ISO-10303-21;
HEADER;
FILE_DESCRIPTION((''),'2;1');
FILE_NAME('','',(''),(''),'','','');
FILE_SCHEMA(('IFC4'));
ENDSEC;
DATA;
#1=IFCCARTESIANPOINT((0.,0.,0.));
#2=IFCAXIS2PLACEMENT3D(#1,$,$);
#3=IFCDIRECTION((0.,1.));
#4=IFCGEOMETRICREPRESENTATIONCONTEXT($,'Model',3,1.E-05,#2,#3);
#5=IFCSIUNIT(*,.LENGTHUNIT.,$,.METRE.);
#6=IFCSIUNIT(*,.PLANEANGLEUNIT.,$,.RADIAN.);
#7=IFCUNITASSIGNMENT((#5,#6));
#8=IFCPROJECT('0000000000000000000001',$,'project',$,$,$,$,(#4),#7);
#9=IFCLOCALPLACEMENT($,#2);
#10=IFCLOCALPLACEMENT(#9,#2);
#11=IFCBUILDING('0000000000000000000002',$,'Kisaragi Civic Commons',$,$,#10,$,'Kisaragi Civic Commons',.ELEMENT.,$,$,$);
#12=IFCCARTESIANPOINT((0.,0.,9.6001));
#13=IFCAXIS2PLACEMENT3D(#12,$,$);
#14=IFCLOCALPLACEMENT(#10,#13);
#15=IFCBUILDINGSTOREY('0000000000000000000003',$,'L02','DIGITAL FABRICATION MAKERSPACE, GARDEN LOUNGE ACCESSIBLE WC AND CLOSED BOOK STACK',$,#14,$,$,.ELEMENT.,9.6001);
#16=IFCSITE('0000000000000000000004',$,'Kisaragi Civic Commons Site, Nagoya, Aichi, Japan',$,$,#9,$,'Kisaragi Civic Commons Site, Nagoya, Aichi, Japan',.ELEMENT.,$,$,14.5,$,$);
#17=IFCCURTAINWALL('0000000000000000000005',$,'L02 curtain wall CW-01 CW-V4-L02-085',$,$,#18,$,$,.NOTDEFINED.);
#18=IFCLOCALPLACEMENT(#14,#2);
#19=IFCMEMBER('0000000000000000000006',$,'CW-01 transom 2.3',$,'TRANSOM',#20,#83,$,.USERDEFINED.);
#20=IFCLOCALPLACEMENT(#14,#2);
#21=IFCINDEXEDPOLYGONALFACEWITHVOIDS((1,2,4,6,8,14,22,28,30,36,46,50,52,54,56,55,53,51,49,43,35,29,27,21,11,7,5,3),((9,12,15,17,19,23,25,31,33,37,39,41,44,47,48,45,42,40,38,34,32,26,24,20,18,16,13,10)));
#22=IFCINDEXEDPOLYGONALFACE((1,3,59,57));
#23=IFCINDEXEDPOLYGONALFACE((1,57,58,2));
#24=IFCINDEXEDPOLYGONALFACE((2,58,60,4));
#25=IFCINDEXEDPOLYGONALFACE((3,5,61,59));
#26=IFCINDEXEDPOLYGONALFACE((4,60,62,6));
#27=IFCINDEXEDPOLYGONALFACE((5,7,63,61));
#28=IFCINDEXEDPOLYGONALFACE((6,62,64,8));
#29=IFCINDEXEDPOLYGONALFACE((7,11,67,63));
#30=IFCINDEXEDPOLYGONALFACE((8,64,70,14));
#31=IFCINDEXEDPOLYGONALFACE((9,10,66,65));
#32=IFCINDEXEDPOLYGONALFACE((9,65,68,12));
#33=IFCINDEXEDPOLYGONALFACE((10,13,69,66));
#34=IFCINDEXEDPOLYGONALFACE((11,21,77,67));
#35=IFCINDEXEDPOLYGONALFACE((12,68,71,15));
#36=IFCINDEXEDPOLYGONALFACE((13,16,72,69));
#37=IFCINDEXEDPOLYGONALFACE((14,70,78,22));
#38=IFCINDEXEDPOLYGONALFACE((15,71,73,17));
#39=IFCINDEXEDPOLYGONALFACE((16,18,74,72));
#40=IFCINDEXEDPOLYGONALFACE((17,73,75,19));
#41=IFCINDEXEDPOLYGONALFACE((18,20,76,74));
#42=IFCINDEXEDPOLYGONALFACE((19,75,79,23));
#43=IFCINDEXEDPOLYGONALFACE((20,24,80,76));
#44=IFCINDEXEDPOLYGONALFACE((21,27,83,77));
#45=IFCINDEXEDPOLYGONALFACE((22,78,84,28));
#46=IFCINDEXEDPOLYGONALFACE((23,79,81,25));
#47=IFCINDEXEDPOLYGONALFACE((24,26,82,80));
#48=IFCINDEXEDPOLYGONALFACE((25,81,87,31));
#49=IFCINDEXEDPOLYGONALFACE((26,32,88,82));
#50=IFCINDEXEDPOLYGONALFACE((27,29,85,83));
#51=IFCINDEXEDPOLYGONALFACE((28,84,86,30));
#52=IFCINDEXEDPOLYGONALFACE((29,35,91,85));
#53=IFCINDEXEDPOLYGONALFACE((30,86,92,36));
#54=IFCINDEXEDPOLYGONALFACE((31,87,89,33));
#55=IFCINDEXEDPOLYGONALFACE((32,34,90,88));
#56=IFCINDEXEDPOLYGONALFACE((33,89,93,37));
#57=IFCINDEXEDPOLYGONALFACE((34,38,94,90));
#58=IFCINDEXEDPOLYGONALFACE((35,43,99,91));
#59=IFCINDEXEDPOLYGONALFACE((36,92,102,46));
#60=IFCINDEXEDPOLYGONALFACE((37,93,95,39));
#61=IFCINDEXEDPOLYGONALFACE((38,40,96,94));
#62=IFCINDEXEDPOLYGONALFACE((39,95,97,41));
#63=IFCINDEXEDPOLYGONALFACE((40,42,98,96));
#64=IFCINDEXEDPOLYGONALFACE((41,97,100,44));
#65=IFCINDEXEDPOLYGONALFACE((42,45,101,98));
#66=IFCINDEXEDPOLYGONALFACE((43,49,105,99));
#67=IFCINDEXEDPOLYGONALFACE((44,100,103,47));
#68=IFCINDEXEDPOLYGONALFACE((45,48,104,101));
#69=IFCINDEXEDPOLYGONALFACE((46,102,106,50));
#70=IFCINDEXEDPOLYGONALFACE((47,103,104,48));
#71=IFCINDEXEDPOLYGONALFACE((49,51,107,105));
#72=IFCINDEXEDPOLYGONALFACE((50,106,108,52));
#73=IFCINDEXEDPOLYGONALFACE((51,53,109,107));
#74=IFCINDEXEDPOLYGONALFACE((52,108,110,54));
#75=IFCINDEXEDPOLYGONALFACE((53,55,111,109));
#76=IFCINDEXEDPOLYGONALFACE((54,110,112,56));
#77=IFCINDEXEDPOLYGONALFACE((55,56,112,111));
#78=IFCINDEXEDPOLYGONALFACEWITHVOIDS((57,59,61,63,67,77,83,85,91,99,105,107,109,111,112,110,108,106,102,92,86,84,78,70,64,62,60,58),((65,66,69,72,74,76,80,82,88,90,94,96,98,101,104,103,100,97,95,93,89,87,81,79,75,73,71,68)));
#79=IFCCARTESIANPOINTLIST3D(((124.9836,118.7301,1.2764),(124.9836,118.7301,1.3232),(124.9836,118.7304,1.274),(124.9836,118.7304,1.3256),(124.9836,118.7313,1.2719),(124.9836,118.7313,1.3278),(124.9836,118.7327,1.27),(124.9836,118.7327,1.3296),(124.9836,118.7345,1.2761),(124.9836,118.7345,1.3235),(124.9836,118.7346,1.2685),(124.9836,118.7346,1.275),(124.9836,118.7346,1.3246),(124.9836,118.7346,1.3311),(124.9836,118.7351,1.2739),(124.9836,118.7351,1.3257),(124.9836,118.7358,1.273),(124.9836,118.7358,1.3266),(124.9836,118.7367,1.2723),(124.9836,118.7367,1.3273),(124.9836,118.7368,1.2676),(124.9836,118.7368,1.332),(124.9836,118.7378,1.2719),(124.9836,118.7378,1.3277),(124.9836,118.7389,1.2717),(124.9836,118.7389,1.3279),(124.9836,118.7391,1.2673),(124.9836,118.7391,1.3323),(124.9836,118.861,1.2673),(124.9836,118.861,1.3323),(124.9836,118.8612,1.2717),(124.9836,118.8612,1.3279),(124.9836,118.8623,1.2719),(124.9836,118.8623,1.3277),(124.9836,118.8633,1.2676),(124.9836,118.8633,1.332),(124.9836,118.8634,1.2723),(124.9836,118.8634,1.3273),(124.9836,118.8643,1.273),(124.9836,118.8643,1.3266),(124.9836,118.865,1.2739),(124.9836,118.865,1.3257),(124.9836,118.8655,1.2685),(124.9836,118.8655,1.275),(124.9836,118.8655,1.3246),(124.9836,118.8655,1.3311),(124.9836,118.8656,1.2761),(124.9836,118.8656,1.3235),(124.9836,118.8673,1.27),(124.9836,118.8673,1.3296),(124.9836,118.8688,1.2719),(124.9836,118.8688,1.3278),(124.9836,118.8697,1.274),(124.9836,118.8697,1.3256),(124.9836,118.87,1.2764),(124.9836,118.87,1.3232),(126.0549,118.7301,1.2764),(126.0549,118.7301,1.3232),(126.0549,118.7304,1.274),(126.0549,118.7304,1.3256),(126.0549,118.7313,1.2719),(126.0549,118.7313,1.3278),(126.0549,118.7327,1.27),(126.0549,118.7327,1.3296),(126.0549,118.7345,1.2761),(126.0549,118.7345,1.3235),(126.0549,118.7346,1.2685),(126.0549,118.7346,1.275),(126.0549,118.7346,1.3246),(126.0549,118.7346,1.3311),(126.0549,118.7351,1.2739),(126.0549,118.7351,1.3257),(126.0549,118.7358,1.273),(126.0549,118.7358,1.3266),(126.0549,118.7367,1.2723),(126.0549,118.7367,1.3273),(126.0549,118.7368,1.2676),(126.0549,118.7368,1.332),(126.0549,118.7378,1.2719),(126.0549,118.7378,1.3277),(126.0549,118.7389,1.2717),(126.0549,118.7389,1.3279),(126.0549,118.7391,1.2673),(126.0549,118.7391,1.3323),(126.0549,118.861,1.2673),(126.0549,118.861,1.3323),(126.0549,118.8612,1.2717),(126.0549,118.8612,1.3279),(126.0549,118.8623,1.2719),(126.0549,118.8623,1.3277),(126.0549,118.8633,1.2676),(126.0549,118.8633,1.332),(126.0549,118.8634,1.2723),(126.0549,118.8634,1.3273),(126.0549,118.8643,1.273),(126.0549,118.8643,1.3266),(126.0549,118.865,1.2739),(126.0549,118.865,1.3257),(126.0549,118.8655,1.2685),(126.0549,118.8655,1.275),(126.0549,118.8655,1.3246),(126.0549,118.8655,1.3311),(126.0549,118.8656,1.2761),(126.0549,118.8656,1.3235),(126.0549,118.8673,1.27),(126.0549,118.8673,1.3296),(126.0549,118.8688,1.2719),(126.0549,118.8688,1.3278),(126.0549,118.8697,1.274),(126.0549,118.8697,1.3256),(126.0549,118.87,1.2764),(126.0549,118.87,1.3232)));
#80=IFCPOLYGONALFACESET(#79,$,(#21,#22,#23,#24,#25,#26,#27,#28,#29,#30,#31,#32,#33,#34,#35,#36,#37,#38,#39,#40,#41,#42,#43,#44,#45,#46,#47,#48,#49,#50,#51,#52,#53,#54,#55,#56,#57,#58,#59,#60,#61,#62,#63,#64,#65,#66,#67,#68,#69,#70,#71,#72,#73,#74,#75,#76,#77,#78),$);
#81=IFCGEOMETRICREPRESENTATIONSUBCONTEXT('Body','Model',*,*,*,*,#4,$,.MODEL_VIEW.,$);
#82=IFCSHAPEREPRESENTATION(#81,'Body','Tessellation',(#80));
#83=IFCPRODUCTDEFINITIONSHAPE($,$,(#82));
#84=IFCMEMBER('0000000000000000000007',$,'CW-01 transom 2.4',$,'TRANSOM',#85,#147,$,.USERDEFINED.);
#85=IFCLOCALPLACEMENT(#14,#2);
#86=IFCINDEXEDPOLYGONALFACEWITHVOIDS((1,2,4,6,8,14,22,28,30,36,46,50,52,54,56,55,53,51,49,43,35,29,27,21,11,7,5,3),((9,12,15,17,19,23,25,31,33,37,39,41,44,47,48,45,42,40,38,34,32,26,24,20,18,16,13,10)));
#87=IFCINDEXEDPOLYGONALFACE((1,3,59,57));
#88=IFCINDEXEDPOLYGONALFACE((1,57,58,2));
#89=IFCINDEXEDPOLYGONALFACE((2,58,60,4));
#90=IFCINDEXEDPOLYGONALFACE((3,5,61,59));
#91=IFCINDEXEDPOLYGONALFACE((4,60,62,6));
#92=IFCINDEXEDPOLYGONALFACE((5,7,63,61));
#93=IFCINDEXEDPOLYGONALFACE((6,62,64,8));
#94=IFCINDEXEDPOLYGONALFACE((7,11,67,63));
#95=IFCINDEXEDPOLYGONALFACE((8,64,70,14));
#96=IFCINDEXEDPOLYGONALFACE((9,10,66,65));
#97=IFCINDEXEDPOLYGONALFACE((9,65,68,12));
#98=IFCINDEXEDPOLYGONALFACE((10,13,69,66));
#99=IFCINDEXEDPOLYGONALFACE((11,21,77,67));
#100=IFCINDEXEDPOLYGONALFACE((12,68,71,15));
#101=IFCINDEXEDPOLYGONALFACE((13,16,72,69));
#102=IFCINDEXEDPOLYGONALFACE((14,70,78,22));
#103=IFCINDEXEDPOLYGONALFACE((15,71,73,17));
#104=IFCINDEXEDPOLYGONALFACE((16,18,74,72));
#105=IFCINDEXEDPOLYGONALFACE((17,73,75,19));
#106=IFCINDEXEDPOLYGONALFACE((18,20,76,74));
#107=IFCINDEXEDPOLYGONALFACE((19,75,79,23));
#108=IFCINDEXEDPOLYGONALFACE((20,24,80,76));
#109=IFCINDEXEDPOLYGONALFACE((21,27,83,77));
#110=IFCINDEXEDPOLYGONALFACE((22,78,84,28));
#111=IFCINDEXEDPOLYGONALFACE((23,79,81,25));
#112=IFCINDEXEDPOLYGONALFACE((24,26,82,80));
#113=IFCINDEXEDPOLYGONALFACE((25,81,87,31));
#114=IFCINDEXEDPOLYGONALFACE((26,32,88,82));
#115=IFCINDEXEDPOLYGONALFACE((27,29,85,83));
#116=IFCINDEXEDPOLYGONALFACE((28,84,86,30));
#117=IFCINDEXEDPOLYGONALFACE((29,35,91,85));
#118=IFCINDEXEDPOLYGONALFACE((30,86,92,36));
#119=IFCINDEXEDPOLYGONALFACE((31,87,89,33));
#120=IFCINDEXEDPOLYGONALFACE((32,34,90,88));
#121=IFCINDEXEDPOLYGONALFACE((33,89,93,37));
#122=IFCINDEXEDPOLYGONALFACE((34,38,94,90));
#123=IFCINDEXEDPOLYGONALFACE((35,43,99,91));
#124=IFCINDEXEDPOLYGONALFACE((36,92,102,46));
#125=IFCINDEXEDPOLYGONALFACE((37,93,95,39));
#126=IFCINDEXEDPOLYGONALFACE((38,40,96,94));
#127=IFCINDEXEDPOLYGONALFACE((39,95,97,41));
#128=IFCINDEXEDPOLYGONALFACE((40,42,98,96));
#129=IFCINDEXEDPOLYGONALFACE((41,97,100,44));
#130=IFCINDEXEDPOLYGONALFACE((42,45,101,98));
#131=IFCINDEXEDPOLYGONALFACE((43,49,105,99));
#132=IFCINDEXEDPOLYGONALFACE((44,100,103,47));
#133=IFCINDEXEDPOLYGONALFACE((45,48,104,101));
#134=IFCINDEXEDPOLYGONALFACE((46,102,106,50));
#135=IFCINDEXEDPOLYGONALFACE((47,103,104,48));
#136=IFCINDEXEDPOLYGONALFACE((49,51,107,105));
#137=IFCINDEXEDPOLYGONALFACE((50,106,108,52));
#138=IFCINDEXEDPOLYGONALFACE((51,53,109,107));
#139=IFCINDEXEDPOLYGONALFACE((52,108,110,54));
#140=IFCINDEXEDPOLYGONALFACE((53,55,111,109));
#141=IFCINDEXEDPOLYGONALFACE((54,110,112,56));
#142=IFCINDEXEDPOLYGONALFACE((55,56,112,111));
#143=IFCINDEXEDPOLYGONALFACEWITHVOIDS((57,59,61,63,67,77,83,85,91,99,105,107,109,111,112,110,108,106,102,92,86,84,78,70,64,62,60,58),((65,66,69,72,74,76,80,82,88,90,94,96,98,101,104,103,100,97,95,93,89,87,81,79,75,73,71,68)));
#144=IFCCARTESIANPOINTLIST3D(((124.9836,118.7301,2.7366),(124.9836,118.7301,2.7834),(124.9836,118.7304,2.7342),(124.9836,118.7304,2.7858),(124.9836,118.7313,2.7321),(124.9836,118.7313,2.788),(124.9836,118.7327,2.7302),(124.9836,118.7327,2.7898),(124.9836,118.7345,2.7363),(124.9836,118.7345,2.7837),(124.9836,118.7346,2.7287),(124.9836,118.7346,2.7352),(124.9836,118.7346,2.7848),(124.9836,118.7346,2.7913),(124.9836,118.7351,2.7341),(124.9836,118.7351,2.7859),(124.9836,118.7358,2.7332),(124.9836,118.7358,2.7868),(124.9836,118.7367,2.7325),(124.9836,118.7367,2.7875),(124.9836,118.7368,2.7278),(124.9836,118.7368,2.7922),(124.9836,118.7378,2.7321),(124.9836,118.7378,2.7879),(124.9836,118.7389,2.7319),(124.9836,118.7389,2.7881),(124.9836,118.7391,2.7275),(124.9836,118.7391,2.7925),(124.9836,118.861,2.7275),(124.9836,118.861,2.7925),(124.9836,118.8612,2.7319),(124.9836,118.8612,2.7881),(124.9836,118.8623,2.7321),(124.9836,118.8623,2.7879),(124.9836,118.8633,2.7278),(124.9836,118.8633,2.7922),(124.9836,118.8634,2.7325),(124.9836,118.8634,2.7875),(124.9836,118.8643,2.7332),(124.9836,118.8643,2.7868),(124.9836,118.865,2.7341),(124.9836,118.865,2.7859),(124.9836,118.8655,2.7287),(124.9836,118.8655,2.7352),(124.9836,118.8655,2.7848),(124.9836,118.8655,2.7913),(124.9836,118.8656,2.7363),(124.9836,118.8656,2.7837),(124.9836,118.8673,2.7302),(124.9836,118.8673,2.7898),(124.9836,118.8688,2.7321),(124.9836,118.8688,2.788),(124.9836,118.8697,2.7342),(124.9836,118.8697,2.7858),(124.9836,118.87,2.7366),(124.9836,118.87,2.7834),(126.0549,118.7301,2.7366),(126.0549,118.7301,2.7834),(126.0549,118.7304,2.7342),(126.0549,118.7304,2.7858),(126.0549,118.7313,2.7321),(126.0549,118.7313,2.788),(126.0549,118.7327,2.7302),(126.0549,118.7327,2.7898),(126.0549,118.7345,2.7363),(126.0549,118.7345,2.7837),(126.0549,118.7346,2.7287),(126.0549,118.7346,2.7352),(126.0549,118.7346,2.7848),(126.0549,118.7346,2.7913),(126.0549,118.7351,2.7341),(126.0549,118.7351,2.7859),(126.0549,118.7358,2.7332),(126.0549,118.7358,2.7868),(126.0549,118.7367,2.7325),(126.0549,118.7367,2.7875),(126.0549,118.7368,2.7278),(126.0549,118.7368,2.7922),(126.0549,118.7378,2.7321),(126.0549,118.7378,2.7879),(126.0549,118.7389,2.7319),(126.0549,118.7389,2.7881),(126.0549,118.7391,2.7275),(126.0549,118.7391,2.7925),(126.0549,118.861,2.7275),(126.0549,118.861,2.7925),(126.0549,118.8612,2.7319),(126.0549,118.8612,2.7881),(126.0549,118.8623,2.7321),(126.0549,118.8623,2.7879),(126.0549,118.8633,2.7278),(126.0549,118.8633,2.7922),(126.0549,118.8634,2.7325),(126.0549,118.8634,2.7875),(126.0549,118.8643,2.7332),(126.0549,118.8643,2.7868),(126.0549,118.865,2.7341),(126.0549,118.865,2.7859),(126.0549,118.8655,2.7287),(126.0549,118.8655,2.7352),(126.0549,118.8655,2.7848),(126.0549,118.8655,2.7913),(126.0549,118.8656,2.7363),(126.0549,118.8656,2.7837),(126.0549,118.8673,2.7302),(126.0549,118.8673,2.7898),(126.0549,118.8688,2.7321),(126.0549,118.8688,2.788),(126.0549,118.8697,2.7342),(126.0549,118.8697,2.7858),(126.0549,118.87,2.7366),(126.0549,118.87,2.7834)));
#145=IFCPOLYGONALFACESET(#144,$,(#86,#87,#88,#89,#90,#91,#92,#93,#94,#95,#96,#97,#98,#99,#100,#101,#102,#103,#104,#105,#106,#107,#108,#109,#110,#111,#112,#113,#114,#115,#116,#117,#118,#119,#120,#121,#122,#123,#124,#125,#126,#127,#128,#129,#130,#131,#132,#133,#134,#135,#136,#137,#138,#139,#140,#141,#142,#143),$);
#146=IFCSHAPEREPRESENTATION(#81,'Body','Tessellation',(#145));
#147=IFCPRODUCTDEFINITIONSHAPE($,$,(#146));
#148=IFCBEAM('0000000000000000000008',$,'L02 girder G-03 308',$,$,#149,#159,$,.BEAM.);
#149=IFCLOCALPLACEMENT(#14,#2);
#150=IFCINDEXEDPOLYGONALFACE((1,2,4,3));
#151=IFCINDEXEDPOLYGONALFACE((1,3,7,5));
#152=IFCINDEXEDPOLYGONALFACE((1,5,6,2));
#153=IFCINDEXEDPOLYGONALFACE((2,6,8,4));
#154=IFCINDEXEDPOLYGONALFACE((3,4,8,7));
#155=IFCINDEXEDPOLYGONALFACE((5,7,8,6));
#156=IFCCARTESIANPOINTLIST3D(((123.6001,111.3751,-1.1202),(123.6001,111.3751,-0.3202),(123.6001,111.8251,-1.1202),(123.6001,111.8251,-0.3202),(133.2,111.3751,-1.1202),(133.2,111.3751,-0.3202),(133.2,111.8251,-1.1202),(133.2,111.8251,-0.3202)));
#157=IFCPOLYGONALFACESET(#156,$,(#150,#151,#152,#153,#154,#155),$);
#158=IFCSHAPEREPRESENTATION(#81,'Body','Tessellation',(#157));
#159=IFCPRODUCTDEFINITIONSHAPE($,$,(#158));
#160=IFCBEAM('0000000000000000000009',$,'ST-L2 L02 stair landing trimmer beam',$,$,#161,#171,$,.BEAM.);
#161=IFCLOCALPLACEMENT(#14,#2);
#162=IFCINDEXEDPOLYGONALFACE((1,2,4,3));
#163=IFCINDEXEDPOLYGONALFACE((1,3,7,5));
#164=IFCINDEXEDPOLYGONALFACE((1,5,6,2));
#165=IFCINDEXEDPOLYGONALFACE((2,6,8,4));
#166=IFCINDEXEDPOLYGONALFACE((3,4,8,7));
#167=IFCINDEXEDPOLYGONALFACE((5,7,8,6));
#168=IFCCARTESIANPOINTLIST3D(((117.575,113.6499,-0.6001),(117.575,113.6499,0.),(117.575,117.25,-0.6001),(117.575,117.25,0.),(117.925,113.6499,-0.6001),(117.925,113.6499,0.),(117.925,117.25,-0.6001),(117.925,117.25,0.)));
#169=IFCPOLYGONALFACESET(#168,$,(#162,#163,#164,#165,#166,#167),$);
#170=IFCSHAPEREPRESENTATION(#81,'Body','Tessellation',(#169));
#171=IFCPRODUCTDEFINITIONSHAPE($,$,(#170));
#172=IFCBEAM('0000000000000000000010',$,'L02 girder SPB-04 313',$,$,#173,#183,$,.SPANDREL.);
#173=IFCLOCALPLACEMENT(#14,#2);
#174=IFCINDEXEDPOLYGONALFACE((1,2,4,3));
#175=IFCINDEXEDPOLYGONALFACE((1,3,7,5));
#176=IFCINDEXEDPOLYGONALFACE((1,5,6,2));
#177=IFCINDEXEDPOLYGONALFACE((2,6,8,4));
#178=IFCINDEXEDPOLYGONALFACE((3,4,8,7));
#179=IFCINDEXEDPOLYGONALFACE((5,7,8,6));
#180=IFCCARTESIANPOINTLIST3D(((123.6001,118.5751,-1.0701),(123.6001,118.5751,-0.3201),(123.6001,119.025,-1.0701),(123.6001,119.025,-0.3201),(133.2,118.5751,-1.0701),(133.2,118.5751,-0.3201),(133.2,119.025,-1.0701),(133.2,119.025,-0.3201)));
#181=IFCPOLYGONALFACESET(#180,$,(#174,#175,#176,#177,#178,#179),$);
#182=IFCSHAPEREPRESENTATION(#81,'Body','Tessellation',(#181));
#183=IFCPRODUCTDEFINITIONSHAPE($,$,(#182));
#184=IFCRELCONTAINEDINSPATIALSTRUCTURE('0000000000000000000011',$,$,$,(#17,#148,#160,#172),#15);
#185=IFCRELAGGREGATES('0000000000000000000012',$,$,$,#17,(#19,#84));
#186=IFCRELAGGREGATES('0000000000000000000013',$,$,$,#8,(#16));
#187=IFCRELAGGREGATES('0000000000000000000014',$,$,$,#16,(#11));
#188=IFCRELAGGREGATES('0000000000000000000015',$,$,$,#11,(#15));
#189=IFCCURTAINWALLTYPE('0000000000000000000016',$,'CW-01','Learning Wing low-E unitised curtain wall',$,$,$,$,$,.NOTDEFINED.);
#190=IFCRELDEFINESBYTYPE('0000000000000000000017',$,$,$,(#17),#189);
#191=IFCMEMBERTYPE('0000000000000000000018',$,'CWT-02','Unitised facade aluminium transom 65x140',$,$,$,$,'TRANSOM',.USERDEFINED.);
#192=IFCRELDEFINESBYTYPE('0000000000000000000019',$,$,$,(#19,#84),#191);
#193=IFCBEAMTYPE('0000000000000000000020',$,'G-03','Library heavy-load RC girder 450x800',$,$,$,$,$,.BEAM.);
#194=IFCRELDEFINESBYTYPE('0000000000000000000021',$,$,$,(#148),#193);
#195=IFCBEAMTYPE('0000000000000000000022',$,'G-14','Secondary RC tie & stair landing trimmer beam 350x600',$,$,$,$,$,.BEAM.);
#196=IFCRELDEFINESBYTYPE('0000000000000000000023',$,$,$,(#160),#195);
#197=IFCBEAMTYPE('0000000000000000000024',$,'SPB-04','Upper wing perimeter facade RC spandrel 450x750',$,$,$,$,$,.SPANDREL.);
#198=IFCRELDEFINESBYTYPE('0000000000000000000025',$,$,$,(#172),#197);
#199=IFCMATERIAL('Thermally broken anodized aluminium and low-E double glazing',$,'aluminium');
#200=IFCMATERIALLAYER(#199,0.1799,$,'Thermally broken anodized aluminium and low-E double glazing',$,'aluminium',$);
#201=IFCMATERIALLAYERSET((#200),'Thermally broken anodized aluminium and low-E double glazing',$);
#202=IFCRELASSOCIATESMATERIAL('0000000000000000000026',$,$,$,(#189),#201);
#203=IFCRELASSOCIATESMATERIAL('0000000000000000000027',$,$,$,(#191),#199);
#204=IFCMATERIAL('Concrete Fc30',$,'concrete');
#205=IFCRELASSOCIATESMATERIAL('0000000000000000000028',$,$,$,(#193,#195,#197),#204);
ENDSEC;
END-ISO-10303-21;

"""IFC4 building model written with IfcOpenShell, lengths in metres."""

from ifc_helpers import new_model, si_unit, direction, frame, origin, origin_2d, place, context, subcontext, project, spatial, rectangle, hollow_rectangle, extrude, material, layer, layer_set, material_profile, profile_set, type_object, element, aggregate, save


model = new_model("IFC4")

# Units and contexts
model_context = context("Model", 3, precision=1e-05, world=origin(), true_north=direction((0.0, 1.0)))
body_context = subcontext(model_context, "Body", "Model", "MODEL_VIEW")
ifc_project = project(units=[si_unit("LENGTHUNIT", "METRE"), si_unit("PLANEANGLEUNIT", "RADIAN")], contexts=[model_context])

# Site, building, storey
site_placement = place(None, origin())
site = spatial("IfcSite", under=ifc_project, at=site_placement, Name="Kisaragi Civic Commons Site, Nagoya, Aichi, Japan", LongName="Kisaragi Civic Commons Site, Nagoya, Aichi, Japan", CompositionType="ELEMENT", RefElevation=14.5)
building_placement = place(site_placement, origin())
building = spatial("IfcBuilding", under=site, at=building_placement, Name="Kisaragi Civic Commons", LongName="Kisaragi Civic Commons", CompositionType="ELEMENT")
storey_placement = place(building_placement, frame((0.0, 0.0, 9.6001)))
storey = spatial("IfcBuildingStorey", under=building, at=storey_placement, Name="L02", Description="DIGITAL FABRICATION MAKERSPACE, GARDEN LOUNGE ACCESSIBLE WC AND CLOSED BOOK STACK", CompositionType="ELEMENT", Elevation=9.6001)

# Curtain wall, members
ifc_material_1 = material(Name="Thermally broken anodized aluminium and low-E double glazing", Category="aluminium")
ifc_layer_1 = layer(ifc_material_1, 0.1799, Name="Thermally broken anodized aluminium and low-E double glazing", Category="aluminium")
ifc_layer_set_1 = layer_set([ifc_layer_1], Name="Thermally broken anodized aluminium and low-E double glazing")
curtain_wall_type = type_object("IfcCurtainWallType", Name="CW-01", Description="Learning Wing low-E unitised curtain wall", PredefinedType="NOTDEFINED", material=ifc_layer_set_1)
curtain_wall_placement = place(storey_placement, origin())
curtain_wall = element("IfcCurtainWall", 1, at=curtain_wall_placement, inside=storey, type_object=curtain_wall_type, Name="L02 curtain wall CW-01 CW-V4-L02-085", PredefinedType="NOTDEFINED")
ifc_material_profile_1 = material_profile(ifc_material_1, hollow_rectangle(XDim=0.1399, YDim=0.0649, WallThickness=0.0044, InnerFilletRadius=0.0044, OuterFilletRadius=0.009, at=origin_2d()), Name="CWT-65x140x4.5", Category="aluminium")
ifc_profile_set_1 = profile_set([ifc_material_profile_1], Name="Thermally broken anodized aluminium and low-E double glazing")
member_type_1 = type_object("IfcMemberType", Name="CWT-02", Description="Unitised facade aluminium transom 65x140", ElementType="TRANSOM", PredefinedType="USERDEFINED", material=ifc_profile_set_1)
member_1_placement = place(storey_placement, frame((124.9836, 118.8, 1.2998), z_axis=(1.0, 0.0, 0.0), x_axis=(0.0, 1.0, 0.0)))
member_1 = element("IfcMember", 2, at=member_1_placement, type_object=member_type_1, Name="CW-01 transom 2.3", ObjectType="TRANSOM", PredefinedType="USERDEFINED", context=body_context, shape_type="SweptSolid", body=[
    extrude(hollow_rectangle(XDim=0.1399, YDim=0.0649, WallThickness=0.0044, InnerFilletRadius=0.0044, OuterFilletRadius=0.009, at=origin_2d()), origin(), (0.0, 0.0, 1.0), 1.0713),
])
member_2_placement = place(storey_placement, frame((124.9836, 118.8, 2.76), z_axis=(1.0, 0.0, 0.0), x_axis=(0.0, 1.0, 0.0)))
member_2 = element("IfcMember", 3, at=member_2_placement, type_object=member_type_1, Name="CW-01 transom 2.4", ObjectType="TRANSOM", PredefinedType="USERDEFINED", context=body_context, shape_type="SweptSolid", body=[
    extrude(hollow_rectangle(XDim=0.1399, YDim=0.0649, WallThickness=0.0044, InnerFilletRadius=0.0044, OuterFilletRadius=0.009, at=origin_2d()), origin(), (0.0, 0.0, 1.0), 1.0713),
])

# Beams
ifc_material_2 = material(Name="Concrete Fc30", Category="concrete")
ifc_material_profile_2 = material_profile(ifc_material_2, rectangle(XDim=0.45, YDim=0.8, at=origin_2d()), Name="RC-450x800", Category="concrete")
ifc_profile_set_2 = profile_set([ifc_material_profile_2], Name="Concrete Fc30")
beam_type_1 = type_object("IfcBeamType", Name="G-03", Description="Library heavy-load RC girder 450x800", PredefinedType="BEAM", material=ifc_profile_set_2)
beam_1_placement = place(storey_placement, frame((123.6001, 111.6001, -0.7202), z_axis=(1.0, 0.0, 0.0), x_axis=(0.0, 1.0, 0.0)))
element("IfcBeam", 4, at=beam_1_placement, inside=storey, type_object=beam_type_1, Name="L02 girder G-03 308", PredefinedType="BEAM", context=body_context, shape_type="SweptSolid", body=[
    extrude(rectangle(XDim=0.45, YDim=0.8, at=origin_2d()), origin(), (0.0, 0.0, 1.0), 9.5999),
])
ifc_material_profile_3 = material_profile(ifc_material_2, rectangle(XDim=0.3501, YDim=0.6001, at=origin_2d()), Name="RC-350x600", Category="concrete")
ifc_profile_set_3 = profile_set([ifc_material_profile_3], Name="Concrete Fc30")
beam_type_2 = type_object("IfcBeamType", Name="G-14", Description="Secondary RC tie & stair landing trimmer beam 350x600", PredefinedType="BEAM", material=ifc_profile_set_3)
beam_2_placement = place(storey_placement, frame((117.75, 113.6499, -0.3), z_axis=(0.0, 1.0, 0.0), x_axis=(-1.0, 0.0, 0.0)))
element("IfcBeam", 5, at=beam_2_placement, inside=storey, type_object=beam_type_2, Name="ST-L2 L02 stair landing trimmer beam", PredefinedType="BEAM", context=body_context, shape_type="SweptSolid", body=[
    extrude(rectangle(XDim=0.3501, YDim=0.6001, at=origin_2d()), origin(), (0.0, 0.0, 1.0), 3.6001),
])
ifc_material_profile_4 = material_profile(ifc_material_2, rectangle(XDim=0.45, YDim=0.75, at=origin_2d()), Name="RC-450x750", Category="concrete")
ifc_profile_set_4 = profile_set([ifc_material_profile_4], Name="Concrete Fc30")
beam_type_3 = type_object("IfcBeamType", Name="SPB-04", Description="Upper wing perimeter facade RC spandrel 450x750", PredefinedType="SPANDREL", material=ifc_profile_set_4)
beam_3_placement = place(storey_placement, frame((123.6001, 118.8, -0.6951), z_axis=(1.0, 0.0, 0.0), x_axis=(0.0, 1.0, 0.0)))
element("IfcBeam", 6, at=beam_3_placement, inside=storey, type_object=beam_type_3, Name="L02 girder SPB-04 313", PredefinedType="SPANDREL", context=body_context, shape_type="SweptSolid", body=[
    extrude(rectangle(XDim=0.45, YDim=0.75, at=origin_2d()), origin(), (0.0, 0.0, 1.0), 9.5999),
])

aggregate(curtain_wall, [member_1, member_2])

save(model, "model.ifc")
